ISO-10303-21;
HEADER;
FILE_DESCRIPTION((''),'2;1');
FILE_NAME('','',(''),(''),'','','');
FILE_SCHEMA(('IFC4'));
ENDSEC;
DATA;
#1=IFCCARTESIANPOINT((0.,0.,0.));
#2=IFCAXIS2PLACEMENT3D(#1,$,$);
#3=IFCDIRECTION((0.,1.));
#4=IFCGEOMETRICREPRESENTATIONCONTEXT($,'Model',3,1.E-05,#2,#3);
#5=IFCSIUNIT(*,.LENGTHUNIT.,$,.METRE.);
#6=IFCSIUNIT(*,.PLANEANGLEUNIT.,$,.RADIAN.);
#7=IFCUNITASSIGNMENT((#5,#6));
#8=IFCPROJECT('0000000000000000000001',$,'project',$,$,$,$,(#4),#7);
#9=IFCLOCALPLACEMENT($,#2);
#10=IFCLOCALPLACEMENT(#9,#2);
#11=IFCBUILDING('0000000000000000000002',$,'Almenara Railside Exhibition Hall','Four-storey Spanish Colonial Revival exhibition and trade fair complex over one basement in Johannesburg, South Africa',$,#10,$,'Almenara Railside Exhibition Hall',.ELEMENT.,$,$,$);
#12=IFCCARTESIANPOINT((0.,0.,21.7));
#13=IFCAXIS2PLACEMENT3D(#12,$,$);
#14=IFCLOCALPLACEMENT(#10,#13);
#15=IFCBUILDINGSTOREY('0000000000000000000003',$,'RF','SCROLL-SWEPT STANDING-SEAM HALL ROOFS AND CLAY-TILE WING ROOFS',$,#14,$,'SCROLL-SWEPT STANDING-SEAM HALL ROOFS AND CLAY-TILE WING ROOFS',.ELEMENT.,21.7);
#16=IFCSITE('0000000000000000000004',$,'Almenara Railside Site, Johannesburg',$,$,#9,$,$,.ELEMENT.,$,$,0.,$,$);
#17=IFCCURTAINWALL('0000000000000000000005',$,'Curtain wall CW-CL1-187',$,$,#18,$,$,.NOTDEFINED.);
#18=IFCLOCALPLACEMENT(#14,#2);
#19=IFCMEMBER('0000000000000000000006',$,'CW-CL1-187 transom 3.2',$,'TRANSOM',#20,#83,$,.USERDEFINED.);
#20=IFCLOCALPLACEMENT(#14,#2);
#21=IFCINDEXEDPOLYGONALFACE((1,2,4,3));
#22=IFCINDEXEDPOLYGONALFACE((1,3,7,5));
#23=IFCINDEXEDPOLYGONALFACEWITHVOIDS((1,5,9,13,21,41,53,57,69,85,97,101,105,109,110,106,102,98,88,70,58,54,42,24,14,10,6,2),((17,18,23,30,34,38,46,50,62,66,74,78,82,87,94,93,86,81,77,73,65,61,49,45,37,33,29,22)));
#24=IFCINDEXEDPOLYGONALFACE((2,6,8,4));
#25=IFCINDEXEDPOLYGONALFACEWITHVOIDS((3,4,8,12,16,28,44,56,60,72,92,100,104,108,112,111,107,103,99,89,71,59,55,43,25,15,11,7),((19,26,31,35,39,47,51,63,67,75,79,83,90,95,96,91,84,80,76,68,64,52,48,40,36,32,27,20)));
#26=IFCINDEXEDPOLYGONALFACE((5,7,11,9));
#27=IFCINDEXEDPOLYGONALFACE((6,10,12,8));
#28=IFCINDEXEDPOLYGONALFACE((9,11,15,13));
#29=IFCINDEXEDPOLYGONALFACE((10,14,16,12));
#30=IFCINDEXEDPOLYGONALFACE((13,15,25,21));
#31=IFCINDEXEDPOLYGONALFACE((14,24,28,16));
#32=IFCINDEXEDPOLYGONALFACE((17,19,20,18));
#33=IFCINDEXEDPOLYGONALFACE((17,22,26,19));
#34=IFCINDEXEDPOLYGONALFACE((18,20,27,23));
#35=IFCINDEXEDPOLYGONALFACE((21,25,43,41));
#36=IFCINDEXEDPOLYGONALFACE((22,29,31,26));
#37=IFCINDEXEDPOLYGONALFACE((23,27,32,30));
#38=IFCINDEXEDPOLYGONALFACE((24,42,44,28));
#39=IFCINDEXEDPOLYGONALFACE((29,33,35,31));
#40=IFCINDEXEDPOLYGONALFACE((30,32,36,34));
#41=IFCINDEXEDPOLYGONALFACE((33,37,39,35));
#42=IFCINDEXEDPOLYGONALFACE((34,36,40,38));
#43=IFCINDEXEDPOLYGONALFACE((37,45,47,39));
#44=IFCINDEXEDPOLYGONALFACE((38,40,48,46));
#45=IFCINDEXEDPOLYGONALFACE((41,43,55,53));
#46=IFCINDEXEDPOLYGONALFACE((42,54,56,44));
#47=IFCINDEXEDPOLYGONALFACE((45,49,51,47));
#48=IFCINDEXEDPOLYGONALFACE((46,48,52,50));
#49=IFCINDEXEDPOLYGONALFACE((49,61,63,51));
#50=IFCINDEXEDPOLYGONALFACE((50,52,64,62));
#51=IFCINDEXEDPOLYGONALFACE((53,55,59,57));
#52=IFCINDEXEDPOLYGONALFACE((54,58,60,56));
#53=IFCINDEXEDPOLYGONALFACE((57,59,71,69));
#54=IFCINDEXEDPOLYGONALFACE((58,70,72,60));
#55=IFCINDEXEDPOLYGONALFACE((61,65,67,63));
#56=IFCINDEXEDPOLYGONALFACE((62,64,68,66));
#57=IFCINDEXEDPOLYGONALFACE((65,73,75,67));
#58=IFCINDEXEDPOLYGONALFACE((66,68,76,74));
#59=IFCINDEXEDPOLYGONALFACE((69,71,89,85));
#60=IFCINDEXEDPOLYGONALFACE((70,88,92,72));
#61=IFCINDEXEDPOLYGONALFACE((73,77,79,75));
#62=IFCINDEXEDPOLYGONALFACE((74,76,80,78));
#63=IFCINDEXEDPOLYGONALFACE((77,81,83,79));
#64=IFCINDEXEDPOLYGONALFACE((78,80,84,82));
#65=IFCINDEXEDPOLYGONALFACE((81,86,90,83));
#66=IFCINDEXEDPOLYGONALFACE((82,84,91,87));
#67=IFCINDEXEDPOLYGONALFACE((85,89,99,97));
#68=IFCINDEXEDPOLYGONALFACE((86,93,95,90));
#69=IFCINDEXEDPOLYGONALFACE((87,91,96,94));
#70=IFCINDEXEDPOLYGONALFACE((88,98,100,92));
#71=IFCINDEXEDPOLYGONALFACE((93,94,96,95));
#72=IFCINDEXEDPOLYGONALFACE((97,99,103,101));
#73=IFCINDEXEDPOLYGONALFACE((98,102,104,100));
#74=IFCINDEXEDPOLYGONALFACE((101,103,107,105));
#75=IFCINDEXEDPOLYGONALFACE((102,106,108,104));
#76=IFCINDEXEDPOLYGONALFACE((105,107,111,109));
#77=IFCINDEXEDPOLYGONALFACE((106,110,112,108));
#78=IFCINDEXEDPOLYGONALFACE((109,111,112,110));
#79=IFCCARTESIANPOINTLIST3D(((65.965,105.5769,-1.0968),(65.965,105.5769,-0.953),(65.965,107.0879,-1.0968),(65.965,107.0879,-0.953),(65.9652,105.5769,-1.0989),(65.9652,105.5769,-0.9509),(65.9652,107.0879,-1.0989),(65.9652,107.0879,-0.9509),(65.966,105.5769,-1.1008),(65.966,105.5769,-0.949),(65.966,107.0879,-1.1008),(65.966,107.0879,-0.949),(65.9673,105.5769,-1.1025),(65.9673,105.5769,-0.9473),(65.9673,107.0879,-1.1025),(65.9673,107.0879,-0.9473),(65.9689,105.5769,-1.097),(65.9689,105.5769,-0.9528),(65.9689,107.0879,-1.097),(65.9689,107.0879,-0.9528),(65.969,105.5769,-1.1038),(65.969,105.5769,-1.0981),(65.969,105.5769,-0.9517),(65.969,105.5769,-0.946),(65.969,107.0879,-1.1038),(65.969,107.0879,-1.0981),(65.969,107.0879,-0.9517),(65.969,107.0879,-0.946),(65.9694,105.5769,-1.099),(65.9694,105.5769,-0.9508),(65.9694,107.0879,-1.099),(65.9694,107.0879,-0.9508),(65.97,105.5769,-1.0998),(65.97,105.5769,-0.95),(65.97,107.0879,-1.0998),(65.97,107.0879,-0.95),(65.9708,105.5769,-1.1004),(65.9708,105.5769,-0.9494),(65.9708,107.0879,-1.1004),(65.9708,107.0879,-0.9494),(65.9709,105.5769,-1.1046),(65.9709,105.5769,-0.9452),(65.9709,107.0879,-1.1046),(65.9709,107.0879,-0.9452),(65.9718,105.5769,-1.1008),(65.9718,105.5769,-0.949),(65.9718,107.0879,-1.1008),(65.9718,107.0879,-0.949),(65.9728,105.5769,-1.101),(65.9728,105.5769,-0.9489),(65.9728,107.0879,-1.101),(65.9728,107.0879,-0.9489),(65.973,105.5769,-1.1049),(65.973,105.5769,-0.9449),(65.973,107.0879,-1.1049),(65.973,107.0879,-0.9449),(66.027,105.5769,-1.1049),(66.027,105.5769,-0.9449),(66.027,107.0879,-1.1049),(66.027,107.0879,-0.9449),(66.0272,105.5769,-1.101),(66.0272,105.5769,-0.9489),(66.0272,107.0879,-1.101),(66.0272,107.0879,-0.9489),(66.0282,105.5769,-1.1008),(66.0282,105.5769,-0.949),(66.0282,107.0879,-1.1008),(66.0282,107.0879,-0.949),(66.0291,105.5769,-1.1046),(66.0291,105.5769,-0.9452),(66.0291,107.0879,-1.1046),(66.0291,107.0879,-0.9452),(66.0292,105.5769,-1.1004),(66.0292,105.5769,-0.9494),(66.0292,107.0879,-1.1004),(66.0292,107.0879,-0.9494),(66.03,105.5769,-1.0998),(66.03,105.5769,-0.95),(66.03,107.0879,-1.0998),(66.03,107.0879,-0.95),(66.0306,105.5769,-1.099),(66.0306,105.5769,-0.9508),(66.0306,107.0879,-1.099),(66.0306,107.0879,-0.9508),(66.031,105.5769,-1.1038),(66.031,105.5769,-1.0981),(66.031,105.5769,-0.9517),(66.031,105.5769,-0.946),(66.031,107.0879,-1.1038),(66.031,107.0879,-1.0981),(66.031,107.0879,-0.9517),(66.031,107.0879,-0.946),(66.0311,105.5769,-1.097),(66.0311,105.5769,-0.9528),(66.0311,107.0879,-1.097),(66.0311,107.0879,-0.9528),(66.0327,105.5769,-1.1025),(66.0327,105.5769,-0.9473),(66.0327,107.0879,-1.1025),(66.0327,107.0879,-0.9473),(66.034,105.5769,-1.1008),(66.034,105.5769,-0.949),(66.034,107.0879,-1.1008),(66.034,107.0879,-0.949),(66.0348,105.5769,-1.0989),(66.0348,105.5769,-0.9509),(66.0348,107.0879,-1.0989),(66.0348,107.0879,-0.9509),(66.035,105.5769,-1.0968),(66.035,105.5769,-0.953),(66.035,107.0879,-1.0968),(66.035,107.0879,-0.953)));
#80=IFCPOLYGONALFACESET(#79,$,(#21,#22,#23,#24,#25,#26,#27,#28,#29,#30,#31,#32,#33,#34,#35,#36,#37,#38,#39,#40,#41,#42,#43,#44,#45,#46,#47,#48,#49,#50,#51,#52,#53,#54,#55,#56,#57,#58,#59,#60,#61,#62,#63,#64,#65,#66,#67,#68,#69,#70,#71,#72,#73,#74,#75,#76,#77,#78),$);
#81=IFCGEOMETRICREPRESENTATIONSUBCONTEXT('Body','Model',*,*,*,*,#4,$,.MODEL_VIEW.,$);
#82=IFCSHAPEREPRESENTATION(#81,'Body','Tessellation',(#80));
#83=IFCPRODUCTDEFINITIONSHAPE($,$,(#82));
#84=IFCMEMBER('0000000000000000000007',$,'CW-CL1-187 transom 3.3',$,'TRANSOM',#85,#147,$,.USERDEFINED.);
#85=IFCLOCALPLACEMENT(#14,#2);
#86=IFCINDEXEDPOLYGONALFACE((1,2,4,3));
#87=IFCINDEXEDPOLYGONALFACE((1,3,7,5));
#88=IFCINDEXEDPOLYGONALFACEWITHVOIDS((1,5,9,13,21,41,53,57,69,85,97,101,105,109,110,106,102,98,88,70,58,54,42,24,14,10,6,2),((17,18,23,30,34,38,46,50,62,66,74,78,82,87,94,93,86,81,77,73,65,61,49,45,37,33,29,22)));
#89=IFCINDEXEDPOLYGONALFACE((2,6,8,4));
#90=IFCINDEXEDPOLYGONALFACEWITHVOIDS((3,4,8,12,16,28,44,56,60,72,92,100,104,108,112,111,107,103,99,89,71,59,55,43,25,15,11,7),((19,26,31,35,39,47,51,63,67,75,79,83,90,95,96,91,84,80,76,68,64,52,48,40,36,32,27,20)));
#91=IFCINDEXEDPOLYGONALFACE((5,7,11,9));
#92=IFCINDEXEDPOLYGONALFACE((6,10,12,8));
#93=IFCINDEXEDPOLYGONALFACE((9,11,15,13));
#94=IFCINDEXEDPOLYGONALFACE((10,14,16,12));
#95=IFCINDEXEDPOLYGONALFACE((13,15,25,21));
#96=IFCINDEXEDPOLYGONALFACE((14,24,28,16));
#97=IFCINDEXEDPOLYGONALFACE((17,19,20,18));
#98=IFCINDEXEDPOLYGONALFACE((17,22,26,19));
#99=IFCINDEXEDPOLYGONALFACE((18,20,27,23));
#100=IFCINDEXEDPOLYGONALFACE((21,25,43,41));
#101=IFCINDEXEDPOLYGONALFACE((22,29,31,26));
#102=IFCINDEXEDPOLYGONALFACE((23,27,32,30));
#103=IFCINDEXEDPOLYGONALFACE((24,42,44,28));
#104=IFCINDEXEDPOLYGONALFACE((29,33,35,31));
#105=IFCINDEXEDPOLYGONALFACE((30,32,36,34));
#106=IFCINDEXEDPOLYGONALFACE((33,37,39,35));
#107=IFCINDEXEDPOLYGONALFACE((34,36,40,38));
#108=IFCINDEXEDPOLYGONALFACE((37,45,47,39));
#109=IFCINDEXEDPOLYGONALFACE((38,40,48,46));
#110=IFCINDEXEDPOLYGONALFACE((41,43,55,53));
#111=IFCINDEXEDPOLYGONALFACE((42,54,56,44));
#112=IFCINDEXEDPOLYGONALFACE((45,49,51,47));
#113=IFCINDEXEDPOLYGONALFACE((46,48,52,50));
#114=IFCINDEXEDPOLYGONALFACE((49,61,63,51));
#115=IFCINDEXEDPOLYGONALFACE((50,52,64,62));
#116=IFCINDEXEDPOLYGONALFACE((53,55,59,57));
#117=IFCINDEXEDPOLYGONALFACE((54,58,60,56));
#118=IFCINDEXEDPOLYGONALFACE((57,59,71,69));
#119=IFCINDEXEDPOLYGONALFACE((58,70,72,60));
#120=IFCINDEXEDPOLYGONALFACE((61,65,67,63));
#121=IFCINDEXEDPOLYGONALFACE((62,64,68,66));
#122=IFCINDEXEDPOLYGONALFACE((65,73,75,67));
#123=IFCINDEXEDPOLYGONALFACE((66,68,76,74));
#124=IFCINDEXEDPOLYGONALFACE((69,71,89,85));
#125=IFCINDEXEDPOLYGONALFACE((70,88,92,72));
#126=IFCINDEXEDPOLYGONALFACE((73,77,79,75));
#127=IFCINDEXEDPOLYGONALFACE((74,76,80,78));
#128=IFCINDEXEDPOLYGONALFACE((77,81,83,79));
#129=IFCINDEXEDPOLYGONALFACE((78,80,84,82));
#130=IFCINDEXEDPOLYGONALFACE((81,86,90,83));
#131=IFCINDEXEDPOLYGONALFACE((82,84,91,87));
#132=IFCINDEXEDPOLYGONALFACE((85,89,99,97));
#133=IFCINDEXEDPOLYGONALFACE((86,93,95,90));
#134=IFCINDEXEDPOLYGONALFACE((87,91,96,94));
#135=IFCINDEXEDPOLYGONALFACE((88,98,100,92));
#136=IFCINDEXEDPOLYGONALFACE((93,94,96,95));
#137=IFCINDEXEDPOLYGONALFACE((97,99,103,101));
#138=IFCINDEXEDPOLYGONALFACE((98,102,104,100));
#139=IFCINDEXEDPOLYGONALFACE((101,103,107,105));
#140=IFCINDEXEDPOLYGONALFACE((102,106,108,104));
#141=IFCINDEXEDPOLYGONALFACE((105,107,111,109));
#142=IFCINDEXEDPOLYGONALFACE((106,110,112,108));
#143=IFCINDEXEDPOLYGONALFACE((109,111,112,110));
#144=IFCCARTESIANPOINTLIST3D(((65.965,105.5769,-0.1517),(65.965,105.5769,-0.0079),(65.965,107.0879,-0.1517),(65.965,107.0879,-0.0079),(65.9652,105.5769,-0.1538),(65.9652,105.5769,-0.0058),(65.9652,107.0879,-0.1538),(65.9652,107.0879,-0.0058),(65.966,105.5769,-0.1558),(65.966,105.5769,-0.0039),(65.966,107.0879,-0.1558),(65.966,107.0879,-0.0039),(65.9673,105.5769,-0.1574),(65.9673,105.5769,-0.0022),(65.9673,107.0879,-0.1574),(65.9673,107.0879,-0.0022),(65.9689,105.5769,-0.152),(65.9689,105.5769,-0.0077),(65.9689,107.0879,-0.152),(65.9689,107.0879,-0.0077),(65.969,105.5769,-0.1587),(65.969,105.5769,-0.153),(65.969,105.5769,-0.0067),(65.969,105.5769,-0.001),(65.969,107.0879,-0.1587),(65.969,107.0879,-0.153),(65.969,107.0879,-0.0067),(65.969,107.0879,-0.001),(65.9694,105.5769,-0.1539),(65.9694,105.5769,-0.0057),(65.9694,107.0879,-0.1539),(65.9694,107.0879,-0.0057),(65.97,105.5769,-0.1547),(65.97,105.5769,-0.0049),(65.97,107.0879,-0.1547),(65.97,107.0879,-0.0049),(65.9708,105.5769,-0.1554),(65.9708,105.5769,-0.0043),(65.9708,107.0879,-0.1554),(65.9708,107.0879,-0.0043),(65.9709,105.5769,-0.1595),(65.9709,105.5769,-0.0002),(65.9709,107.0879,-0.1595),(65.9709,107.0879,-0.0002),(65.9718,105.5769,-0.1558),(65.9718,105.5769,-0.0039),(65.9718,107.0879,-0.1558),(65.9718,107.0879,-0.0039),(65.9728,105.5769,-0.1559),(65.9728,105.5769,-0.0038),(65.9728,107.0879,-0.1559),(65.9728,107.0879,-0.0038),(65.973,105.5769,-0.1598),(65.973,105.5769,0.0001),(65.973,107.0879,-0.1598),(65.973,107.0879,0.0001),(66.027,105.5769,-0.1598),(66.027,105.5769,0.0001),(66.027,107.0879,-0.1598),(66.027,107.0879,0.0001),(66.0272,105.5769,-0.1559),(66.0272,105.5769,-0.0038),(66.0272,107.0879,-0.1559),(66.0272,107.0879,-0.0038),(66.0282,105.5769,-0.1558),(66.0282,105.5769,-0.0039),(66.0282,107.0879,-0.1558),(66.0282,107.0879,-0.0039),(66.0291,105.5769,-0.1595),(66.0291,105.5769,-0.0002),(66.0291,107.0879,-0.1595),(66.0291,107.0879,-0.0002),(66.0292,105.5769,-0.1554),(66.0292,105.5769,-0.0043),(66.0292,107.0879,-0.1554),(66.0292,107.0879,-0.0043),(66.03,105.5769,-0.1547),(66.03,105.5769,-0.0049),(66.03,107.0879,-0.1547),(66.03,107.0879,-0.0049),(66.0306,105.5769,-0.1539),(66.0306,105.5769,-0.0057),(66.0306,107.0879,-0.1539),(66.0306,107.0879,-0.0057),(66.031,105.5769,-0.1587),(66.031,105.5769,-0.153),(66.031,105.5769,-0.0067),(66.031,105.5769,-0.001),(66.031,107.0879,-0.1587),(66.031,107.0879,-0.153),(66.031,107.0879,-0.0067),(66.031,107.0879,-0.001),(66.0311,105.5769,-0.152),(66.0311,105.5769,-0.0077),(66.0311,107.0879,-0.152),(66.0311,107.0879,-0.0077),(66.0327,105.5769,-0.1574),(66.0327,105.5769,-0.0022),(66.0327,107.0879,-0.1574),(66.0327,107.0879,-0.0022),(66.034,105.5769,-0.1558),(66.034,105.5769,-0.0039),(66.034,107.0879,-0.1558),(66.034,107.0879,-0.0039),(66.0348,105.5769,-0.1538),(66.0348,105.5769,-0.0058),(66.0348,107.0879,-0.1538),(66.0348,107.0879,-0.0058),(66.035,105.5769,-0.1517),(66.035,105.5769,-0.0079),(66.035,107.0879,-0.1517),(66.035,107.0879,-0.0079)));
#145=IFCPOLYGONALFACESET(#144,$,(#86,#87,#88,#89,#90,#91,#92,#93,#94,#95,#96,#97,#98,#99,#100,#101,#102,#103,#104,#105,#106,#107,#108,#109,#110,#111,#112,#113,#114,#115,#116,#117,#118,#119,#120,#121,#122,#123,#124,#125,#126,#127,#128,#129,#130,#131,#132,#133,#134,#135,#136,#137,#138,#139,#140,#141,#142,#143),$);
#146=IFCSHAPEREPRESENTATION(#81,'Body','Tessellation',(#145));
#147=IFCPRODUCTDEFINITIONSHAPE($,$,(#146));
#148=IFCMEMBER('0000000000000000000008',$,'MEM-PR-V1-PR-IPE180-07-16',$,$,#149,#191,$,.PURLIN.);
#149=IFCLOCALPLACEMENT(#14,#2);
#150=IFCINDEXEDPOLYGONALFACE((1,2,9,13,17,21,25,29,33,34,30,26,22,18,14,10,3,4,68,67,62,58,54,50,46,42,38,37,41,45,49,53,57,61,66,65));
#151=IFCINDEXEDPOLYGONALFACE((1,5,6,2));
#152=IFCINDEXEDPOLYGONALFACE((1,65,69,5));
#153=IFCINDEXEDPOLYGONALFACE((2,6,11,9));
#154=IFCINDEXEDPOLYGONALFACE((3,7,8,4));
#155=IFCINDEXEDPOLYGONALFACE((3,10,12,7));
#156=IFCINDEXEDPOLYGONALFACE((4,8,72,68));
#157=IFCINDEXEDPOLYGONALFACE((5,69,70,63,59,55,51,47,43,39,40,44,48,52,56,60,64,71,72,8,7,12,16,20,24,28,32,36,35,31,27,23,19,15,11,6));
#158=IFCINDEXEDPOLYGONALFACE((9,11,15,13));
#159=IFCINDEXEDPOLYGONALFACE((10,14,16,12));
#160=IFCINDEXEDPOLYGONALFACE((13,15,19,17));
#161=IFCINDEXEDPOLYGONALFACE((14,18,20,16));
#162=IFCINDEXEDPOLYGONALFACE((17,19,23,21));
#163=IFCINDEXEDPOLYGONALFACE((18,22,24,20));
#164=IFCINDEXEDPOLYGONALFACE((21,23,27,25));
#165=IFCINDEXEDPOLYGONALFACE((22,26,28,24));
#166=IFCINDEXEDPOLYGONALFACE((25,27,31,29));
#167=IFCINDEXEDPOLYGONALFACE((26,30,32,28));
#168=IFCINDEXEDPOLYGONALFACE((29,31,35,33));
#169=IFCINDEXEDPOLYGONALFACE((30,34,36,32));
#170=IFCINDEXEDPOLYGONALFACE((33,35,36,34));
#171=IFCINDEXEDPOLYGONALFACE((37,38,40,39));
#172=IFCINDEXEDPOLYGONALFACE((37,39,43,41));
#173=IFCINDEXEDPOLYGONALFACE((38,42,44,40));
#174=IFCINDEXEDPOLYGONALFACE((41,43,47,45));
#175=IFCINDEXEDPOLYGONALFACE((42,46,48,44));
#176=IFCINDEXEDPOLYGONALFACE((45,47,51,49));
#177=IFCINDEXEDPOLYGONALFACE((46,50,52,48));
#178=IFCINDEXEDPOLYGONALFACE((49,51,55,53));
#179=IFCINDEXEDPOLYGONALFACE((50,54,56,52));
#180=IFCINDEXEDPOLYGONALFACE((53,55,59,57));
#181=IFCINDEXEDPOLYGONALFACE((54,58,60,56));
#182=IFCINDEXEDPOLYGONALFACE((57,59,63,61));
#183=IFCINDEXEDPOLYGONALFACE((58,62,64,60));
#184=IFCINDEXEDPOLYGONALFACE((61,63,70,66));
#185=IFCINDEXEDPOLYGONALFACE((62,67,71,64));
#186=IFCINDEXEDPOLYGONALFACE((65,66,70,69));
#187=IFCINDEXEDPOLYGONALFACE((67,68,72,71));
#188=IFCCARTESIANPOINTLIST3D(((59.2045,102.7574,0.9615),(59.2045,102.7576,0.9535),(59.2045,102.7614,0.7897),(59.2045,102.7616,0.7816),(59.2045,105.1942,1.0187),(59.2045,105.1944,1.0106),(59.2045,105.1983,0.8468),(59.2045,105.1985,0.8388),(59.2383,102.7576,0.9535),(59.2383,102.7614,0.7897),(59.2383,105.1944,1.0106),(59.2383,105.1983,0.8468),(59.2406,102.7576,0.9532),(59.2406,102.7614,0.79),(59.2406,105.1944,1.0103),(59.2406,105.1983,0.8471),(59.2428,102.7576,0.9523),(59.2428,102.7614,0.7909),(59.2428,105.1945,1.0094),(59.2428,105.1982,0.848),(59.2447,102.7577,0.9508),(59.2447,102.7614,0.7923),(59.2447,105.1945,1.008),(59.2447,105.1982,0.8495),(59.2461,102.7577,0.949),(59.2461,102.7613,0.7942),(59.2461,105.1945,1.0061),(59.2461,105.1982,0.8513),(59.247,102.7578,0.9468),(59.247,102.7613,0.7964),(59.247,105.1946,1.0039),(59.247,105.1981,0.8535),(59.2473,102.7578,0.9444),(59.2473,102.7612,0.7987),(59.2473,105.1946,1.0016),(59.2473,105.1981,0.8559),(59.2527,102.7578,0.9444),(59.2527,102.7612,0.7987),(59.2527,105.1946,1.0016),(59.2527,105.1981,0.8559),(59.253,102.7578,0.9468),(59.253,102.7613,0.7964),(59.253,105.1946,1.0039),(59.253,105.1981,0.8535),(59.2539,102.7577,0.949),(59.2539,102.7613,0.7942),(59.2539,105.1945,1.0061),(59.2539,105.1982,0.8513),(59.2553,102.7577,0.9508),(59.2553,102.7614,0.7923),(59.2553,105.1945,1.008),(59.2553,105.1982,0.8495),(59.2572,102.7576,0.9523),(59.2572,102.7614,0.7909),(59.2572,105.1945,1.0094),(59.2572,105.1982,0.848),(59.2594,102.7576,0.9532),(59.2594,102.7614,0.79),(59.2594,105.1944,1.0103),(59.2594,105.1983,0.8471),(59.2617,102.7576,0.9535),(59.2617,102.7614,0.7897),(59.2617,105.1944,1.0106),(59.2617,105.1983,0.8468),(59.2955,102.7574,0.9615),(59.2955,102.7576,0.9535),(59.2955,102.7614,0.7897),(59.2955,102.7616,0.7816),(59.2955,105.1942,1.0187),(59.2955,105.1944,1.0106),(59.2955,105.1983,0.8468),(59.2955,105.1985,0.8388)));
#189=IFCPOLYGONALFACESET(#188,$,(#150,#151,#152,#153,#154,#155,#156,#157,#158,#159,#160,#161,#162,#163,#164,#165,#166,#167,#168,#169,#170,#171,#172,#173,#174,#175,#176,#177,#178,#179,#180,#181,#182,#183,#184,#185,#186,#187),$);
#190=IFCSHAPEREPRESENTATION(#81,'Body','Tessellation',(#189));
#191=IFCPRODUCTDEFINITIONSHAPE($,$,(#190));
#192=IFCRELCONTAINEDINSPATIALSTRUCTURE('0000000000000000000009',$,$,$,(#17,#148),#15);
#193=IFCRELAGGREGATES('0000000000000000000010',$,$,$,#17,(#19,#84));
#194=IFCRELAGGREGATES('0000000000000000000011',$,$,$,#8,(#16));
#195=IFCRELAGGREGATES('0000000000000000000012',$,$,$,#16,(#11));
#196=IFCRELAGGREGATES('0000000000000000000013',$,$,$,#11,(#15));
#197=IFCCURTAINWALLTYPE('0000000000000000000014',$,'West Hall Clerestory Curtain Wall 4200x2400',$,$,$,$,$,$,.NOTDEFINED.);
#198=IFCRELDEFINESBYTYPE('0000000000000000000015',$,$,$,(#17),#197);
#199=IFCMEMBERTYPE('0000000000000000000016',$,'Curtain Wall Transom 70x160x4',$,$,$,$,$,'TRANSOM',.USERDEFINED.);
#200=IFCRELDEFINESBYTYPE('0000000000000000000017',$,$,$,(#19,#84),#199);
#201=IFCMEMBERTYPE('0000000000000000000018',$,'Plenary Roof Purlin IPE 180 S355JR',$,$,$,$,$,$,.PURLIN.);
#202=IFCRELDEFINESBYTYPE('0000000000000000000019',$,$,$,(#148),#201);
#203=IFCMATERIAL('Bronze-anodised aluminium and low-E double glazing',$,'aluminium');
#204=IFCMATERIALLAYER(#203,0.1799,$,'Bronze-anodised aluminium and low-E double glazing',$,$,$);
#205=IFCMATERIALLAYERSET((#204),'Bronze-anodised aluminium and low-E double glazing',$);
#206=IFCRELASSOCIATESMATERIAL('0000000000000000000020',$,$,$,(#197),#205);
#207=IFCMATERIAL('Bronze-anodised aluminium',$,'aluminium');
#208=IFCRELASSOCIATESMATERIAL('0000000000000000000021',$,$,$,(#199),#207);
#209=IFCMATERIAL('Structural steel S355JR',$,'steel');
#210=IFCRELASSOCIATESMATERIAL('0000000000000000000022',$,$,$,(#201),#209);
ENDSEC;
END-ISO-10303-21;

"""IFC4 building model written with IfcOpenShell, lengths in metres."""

from ifc_helpers import new_model, si_unit, direction, frame, origin, origin_2d, place, context, subcontext, project, spatial, hollow_rectangle, i_section, extrude, material, layer, layer_set, material_profile, profile_set, type_object, element, aggregate, save


model = new_model("IFC4")

# Units and contexts
model_context = context("Model", 3, precision=1e-05, world=origin(), true_north=direction((0.0, 1.0)))
body_context = subcontext(model_context, "Body", "Model", "MODEL_VIEW")
ifc_project = project(units=[si_unit("LENGTHUNIT", "METRE"), si_unit("PLANEANGLEUNIT", "RADIAN")], contexts=[model_context])

# Site, building, storey
site_placement = place(None, origin())
site = spatial("IfcSite", under=ifc_project, at=site_placement, Name="Almenara Railside Site, Johannesburg", CompositionType="ELEMENT", RefElevation=0.0)
building_placement = place(site_placement, origin())
building = spatial("IfcBuilding", under=site, at=building_placement, Name="Almenara Railside Exhibition Hall", Description="Four-storey Spanish Colonial Revival exhibition and trade fair complex over one basement in Johannesburg, South Africa", LongName="Almenara Railside Exhibition Hall", CompositionType="ELEMENT")
storey_placement = place(building_placement, frame((0.0, 0.0, 21.7)))
storey = spatial("IfcBuildingStorey", under=building, at=storey_placement, Name="RF", Description="SCROLL-SWEPT STANDING-SEAM HALL ROOFS AND CLAY-TILE WING ROOFS", LongName="SCROLL-SWEPT STANDING-SEAM HALL ROOFS AND CLAY-TILE WING ROOFS", CompositionType="ELEMENT", Elevation=21.7)

# Shared definitions
ifc_material_1 = material(Name="Structural steel S355JR", Category="steel")

# Curtain wall
ifc_material_2 = material(Name="Bronze-anodised aluminium and low-E double glazing", Category="aluminium")
ifc_layer_1 = layer(ifc_material_2, 0.1799, Name="Bronze-anodised aluminium and low-E double glazing")
ifc_layer_set_1 = layer_set([ifc_layer_1], Name="Bronze-anodised aluminium and low-E double glazing")
curtain_wall_type = type_object("IfcCurtainWallType", Name="West Hall Clerestory Curtain Wall 4200x2400", PredefinedType="NOTDEFINED", material=ifc_layer_set_1)
ifc_material_3 = material(Name="Bronze-anodised aluminium", Category="aluminium")
curtain_wall_1_placement = place(storey_placement, origin())
curtain_wall_1 = element("IfcCurtainWall", 1, at=curtain_wall_1_placement, inside=storey, type_object=curtain_wall_type, Name="Curtain wall CW-CL1-187", PredefinedType="NOTDEFINED")

# Members
ifc_material_profile_1 = material_profile(ifc_material_3, hollow_rectangle(XDim=0.0701, YDim=0.1599, WallThickness=0.0039, InnerFilletRadius=0.0039, OuterFilletRadius=0.0081, at=origin_2d()), Name="ALU-TRN 70x160x4")
ifc_profile_set_1 = profile_set([ifc_material_profile_1], Name="Bronze-anodised aluminium")
member_type_1 = type_object("IfcMemberType", Name="Curtain Wall Transom 70x160x4", ElementType="TRANSOM", PredefinedType="USERDEFINED", material=ifc_profile_set_1)
member_1_placement = place(storey_placement, frame((66.0, 105.5769, -1.0249), z_axis=(0.0, 1.0, 0.0), x_axis=(-1.0, 0.0, 0.0)))
member_1 = element("IfcMember", 2, at=member_1_placement, type_object=member_type_1, Name="CW-CL1-187 transom 3.2", ObjectType="TRANSOM", PredefinedType="USERDEFINED", context=body_context, shape_type="SweptSolid", body=[
    extrude(hollow_rectangle(XDim=0.0701, YDim=0.1599, WallThickness=0.0039, InnerFilletRadius=0.0039, OuterFilletRadius=0.0081, at=origin_2d()), origin(), (0.0, 0.0, 1.0), 1.511),
])
member_2_placement = place(storey_placement, frame((66.0, 105.5769, -0.0798), z_axis=(0.0, 1.0, 0.0), x_axis=(-1.0, 0.0, 0.0)))
member_2 = element("IfcMember", 3, at=member_2_placement, type_object=member_type_1, Name="CW-CL1-187 transom 3.3", ObjectType="TRANSOM", PredefinedType="USERDEFINED", context=body_context, shape_type="SweptSolid", body=[
    extrude(hollow_rectangle(XDim=0.0701, YDim=0.1599, WallThickness=0.0039, InnerFilletRadius=0.0039, OuterFilletRadius=0.0081, at=origin_2d()), origin(), (0.0, 0.0, 1.0), 1.511),
])

# Member
ifc_material_profile_2 = material_profile(ifc_material_1, i_section(OverallWidth=0.0911, OverallDepth=0.1799, WebThickness=0.0054, FlangeThickness=0.0081, FilletRadius=0.009, at=origin_2d()), Name="IPE 180")
ifc_profile_set_2 = profile_set([ifc_material_profile_2], Name="Structural steel S355JR")
member_type_2 = type_object("IfcMemberType", Name="Plenary Roof Purlin IPE 180 S355JR", PredefinedType="PURLIN", material=ifc_profile_set_2)
member_3_placement = place(storey_placement, frame((59.25, 102.7595, 0.8716), z_axis=(0.0, 0.999725, 0.023438), x_axis=(-1.0, 0.0, 0.0)))
element("IfcMember", 4, at=member_3_placement, inside=storey, type_object=member_type_2, Name="MEM-PR-V1-PR-IPE180-07-16", PredefinedType="PURLIN", context=body_context, shape_type="SweptSolid", body=[
    extrude(i_section(OverallWidth=0.0911, OverallDepth=0.1799, WebThickness=0.0054, FlangeThickness=0.0081, FilletRadius=0.009, at=origin_2d()), origin(), (0.0, 0.0, 1.0), 2.4375),
])

aggregate(curtain_wall_1, [member_1, member_2])

save(model, "model.ifc")
